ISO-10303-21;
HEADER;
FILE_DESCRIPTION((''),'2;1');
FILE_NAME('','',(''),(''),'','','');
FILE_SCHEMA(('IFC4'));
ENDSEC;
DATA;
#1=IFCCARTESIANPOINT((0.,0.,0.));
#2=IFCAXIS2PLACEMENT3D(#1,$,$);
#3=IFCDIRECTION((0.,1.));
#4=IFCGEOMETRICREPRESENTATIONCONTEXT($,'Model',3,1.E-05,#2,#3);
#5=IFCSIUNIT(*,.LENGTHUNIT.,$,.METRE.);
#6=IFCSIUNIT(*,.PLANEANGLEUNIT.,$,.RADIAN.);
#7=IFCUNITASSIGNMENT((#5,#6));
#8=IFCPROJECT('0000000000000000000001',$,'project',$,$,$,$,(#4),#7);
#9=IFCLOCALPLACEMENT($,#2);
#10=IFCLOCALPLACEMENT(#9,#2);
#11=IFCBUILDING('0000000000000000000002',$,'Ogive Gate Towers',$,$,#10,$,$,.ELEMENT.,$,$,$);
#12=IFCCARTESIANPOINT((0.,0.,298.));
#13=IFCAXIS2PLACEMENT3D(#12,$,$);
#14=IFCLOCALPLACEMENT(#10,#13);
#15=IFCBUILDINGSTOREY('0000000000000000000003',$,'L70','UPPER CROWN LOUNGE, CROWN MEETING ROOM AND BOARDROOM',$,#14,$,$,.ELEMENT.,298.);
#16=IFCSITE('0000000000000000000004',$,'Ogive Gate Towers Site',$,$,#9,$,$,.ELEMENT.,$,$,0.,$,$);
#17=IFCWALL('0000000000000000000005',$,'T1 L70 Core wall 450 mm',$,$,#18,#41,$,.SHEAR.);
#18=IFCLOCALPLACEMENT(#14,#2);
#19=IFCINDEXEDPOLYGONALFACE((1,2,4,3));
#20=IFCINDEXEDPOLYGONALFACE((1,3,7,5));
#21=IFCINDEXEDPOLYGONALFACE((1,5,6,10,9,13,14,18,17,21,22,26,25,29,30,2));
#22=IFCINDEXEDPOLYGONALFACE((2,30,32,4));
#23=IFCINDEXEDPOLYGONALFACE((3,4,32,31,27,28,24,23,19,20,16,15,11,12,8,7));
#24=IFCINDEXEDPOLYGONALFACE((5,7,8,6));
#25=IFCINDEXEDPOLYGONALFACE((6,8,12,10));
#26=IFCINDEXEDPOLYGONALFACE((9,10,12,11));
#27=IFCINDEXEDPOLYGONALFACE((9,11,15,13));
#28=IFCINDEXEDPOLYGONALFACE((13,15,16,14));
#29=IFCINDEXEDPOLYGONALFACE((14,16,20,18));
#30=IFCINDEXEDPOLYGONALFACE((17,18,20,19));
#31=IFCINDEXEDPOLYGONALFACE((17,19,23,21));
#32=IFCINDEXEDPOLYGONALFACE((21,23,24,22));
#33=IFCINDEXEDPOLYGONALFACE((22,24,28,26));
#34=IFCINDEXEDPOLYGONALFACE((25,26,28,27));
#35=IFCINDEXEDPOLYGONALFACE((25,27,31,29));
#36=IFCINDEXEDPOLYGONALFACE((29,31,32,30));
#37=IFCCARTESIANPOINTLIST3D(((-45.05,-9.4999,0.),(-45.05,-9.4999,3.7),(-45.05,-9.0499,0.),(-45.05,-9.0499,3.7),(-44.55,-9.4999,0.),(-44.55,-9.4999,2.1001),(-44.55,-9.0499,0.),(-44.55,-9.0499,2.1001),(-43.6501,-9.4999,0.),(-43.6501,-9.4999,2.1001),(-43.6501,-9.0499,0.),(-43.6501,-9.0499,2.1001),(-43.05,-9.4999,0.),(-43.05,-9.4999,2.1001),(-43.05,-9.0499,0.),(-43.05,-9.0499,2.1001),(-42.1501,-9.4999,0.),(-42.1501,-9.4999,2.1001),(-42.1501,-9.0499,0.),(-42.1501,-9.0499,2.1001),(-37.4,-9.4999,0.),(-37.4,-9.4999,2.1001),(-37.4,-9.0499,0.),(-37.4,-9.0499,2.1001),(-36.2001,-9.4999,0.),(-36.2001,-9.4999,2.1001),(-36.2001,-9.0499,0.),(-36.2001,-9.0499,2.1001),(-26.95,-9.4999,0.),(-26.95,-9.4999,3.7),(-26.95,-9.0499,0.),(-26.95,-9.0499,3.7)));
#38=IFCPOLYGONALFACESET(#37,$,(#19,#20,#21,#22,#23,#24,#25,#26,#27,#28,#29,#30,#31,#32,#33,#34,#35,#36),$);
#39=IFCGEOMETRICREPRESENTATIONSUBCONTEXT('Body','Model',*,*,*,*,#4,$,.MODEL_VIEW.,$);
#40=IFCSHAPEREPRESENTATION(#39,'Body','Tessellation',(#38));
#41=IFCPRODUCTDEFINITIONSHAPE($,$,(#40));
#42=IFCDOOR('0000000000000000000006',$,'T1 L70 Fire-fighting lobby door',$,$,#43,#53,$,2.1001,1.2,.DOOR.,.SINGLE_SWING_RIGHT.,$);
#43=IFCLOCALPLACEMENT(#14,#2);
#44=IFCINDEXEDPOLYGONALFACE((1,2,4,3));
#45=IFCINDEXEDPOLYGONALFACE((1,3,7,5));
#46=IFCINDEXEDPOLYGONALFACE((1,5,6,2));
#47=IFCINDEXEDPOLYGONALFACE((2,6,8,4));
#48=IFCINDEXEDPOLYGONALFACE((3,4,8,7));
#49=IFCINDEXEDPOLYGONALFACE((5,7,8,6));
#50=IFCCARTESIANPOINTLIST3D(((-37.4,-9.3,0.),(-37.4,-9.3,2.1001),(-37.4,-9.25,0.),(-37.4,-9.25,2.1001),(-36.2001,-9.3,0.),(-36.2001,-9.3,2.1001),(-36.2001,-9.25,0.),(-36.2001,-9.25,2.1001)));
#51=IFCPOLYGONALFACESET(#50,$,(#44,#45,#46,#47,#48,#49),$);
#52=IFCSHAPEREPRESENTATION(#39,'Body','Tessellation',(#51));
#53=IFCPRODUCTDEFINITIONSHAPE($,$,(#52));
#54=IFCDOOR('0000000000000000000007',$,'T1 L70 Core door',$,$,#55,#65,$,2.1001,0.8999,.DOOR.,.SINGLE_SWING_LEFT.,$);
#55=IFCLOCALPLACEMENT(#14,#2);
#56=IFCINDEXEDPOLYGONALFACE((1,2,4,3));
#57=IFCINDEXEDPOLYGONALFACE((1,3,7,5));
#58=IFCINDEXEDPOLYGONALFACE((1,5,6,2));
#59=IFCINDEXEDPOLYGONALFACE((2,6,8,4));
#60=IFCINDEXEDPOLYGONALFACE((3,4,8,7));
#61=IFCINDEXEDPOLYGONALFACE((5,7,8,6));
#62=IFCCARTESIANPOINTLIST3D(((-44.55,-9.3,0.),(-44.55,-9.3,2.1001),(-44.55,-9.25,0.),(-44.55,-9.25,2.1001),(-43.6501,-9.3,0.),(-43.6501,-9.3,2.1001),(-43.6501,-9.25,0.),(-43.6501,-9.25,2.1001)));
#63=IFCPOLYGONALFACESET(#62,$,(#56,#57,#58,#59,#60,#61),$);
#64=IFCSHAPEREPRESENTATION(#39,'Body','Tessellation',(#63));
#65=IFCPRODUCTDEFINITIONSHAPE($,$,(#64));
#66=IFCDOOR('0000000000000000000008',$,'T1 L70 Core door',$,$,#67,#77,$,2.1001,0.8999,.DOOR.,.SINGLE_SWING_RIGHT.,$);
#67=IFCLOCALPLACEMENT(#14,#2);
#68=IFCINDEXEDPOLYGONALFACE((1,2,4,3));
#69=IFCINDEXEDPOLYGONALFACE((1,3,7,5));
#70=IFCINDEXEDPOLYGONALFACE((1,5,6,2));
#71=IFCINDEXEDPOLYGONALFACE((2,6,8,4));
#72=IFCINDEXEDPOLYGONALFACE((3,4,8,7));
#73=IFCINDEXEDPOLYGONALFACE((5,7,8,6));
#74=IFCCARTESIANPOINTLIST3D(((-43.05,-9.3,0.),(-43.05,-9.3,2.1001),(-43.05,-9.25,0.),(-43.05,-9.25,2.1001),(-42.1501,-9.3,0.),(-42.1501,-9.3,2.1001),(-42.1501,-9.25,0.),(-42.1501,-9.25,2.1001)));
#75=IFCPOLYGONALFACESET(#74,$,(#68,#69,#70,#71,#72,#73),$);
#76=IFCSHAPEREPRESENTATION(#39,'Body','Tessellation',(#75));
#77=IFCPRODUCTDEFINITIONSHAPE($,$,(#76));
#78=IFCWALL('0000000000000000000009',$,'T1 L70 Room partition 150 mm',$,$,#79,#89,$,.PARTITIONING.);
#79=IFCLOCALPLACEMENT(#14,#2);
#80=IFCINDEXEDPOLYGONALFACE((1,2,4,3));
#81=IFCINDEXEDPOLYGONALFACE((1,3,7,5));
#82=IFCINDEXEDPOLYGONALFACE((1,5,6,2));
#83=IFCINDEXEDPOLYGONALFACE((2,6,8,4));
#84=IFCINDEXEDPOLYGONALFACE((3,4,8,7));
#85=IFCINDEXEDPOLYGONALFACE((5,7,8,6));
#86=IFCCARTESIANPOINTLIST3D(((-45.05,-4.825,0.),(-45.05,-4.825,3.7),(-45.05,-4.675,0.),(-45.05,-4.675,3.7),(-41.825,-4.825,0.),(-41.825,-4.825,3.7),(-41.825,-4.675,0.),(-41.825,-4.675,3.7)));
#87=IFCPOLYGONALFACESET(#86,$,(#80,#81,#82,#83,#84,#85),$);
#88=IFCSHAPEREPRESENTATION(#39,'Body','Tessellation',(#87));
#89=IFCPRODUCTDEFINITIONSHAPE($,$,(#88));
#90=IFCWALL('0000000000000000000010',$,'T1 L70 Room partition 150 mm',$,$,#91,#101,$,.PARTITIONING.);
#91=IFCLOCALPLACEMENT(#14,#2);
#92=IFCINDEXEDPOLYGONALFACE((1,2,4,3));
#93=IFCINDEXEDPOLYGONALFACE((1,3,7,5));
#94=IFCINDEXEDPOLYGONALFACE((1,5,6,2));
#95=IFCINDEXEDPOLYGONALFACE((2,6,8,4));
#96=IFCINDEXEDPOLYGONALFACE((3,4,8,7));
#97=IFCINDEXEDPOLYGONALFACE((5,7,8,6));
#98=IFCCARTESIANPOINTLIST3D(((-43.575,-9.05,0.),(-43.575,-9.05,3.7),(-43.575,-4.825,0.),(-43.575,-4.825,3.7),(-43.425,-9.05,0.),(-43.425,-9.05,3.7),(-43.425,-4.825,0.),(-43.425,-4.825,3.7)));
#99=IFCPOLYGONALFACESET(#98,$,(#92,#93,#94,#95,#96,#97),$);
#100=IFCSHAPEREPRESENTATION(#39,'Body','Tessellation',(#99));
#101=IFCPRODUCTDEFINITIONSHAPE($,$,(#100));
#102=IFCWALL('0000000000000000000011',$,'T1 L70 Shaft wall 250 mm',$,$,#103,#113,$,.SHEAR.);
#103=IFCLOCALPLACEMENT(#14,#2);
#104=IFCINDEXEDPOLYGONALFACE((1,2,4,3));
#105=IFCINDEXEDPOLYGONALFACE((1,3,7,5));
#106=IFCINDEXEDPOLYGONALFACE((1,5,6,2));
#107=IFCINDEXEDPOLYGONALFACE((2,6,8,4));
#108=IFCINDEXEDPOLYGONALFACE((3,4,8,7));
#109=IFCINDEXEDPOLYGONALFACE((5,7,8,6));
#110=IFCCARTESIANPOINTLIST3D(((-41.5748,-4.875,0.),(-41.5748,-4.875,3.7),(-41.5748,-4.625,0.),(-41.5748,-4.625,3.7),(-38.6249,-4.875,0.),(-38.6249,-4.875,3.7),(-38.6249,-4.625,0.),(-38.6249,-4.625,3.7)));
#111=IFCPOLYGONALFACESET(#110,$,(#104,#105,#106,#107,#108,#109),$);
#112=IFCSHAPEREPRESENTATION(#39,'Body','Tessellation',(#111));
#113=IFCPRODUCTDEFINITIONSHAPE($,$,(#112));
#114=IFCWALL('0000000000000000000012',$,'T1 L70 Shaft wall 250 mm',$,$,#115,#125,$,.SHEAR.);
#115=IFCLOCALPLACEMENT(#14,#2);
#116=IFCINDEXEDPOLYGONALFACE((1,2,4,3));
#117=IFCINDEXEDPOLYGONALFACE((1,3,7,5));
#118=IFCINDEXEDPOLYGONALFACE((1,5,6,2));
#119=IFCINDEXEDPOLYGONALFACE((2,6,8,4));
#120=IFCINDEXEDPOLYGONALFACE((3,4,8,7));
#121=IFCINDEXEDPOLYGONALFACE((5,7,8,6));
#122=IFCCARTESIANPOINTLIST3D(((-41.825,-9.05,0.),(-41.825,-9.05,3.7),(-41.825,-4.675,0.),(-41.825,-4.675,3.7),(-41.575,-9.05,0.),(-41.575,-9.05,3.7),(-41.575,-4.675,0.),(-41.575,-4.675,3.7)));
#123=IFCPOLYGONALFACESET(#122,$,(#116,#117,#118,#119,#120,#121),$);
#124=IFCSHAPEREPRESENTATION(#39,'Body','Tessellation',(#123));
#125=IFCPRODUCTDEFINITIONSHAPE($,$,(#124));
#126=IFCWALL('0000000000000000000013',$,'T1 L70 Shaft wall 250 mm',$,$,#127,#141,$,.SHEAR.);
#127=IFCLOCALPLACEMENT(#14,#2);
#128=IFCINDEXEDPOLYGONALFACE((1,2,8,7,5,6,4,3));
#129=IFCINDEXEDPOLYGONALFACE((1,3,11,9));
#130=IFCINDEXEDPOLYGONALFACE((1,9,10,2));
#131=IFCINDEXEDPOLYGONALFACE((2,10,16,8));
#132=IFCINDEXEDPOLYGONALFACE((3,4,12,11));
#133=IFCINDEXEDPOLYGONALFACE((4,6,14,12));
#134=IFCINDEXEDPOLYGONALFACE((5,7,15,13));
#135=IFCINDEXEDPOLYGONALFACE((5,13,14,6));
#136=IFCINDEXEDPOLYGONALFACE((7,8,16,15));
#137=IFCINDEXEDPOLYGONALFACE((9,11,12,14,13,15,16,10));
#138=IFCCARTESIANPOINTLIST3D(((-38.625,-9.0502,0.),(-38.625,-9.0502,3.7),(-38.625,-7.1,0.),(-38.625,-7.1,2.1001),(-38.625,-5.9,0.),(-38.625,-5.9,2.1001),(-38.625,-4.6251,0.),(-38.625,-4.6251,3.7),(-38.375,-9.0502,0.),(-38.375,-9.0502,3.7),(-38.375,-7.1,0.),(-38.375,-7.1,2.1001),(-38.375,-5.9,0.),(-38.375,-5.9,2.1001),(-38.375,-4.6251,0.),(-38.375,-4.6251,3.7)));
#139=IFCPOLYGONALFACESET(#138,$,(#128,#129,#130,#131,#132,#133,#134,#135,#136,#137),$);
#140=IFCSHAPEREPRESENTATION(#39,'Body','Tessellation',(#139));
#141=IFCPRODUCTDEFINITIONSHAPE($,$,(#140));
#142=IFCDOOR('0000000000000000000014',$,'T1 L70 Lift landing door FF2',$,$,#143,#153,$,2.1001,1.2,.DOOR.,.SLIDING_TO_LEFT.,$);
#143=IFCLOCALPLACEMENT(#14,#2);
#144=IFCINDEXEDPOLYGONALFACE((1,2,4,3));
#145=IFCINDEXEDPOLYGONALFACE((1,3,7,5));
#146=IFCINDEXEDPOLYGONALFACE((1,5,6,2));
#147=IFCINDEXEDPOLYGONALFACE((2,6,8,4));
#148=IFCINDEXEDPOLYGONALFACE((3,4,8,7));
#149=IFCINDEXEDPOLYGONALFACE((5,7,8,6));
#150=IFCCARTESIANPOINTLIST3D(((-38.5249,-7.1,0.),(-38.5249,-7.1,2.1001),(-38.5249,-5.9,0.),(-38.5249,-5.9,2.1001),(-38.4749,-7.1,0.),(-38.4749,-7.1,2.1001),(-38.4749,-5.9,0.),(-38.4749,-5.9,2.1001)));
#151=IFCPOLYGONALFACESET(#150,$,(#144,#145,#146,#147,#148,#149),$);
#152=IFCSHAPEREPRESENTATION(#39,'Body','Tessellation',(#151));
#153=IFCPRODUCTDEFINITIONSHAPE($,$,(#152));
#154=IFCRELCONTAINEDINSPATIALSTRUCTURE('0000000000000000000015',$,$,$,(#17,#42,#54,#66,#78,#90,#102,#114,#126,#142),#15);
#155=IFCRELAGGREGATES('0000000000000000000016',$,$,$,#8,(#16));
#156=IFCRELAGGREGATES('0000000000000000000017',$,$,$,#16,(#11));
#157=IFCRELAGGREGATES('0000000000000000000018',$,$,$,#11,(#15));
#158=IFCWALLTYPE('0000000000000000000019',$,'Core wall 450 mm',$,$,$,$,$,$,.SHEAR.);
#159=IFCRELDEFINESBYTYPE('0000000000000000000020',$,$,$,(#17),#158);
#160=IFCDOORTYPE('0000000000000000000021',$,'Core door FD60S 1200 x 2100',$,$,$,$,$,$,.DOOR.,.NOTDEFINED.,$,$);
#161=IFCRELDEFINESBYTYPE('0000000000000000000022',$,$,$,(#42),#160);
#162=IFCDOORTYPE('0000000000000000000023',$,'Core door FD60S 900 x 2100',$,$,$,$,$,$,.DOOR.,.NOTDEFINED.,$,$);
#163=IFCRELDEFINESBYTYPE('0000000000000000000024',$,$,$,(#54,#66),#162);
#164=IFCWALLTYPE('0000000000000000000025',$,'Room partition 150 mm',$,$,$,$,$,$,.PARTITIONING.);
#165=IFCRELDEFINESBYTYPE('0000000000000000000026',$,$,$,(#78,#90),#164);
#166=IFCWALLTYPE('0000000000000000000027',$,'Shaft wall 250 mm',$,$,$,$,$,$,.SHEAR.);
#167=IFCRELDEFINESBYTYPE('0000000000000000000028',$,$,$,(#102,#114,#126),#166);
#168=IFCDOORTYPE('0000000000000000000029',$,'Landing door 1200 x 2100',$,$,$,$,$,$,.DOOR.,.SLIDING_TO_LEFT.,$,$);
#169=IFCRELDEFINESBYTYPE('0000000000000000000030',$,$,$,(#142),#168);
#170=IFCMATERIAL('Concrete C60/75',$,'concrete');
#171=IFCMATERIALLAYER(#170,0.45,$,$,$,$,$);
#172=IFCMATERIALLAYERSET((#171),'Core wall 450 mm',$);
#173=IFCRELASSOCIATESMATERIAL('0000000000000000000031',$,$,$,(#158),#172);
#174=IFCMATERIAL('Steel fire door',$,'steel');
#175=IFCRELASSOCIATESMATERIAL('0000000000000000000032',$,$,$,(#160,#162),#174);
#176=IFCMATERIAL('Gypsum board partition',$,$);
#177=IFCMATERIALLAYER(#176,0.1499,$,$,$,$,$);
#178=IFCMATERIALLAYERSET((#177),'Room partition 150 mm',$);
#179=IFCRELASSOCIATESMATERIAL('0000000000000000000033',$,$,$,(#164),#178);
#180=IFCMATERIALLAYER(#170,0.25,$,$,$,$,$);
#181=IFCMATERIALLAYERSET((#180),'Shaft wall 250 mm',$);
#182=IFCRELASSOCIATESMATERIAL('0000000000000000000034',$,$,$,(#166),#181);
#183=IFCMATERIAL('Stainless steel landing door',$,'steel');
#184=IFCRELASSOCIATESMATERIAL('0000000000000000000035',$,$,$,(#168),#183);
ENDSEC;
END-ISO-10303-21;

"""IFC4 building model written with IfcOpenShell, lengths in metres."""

from ifc_helpers import new_model, si_unit, direction, frame, frame_2d, origin, place, context, subcontext, project, spatial, rectangle, extrude, material, layer, layer_set, type_object, element, fill, save


model = new_model("IFC4")

# Units and contexts
model_context = context("Model", 3, precision=1e-05, world=origin(), true_north=direction((0.0, 1.0)))
body_context = subcontext(model_context, "Body", "Model", "MODEL_VIEW")
ifc_project = project(units=[si_unit("LENGTHUNIT", "METRE"), si_unit("PLANEANGLEUNIT", "RADIAN")], contexts=[model_context])

# Site, building, storey
site_placement = place(None, origin())
site = spatial("IfcSite", under=ifc_project, at=site_placement, Name="Ogive Gate Towers Site", CompositionType="ELEMENT", RefElevation=0.0)
building_placement = place(site_placement, origin())
building = spatial("IfcBuilding", under=site, at=building_placement, Name="Ogive Gate Towers", CompositionType="ELEMENT")
storey_placement = place(building_placement, frame((0.0, 0.0, 298.0)))
storey = spatial("IfcBuildingStorey", under=building, at=storey_placement, Name="L70", Description="UPPER CROWN LOUNGE, CROWN MEETING ROOM AND BOARDROOM", CompositionType="ELEMENT", Elevation=298.0)

# Wall, openings, doors
ifc_material_1 = material(Name="Concrete C60/75", Category="concrete")
ifc_layer_1 = layer(ifc_material_1, 0.45)
ifc_layer_set_1 = layer_set([ifc_layer_1], Name="Core wall 450 mm")
wall_type_1 = type_object("IfcWallType", Name="Core wall 450 mm", PredefinedType="SHEAR", material=ifc_layer_set_1)
wall_1_placement = place(storey_placement, frame((-45.05, -9.2749, 0.0), z_axis=(0.0, 0.0, 1.0), x_axis=(1.0, 0.0, 0.0)))
wall_1 = element("IfcWall", 1, at=wall_1_placement, inside=storey, type_object=wall_type_1, Name="T1 L70 Core wall 450 mm", PredefinedType="SHEAR", context=body_context, shape_type="SweptSolid", body=[
    extrude(rectangle(XDim=18.1001, YDim=0.45, at=frame_2d((9.05, 0.0))), origin(), (0.0, 0.0, 1.0), 3.7),
])
opening_1_placement = place(wall_1_placement, frame((7.6499, 0.0, 0.0)))
opening_1 = element("IfcOpeningElement", 2, at=opening_1_placement, cuts=wall_1, PredefinedType="OPENING", context=body_context, shape_type="SweptSolid", body=[
    extrude(rectangle(XDim=1.2, YDim=2.1001, at=frame_2d((0.6001, 1.05))), frame((0.0, 0.2349, 0.0), z_axis=(0.0, -1.0, 0.0), x_axis=(1.0, 0.0, 0.0)), (0.0, 0.0, 1.0), 0.47),
])
opening_2_placement = place(wall_1_placement, frame((0.5, 0.0, 0.0)))
opening_2 = element("IfcOpeningElement", 3, at=opening_2_placement, cuts=wall_1, PredefinedType="OPENING", context=body_context, shape_type="SweptSolid", body=[
    extrude(rectangle(XDim=0.8999, YDim=2.1001, at=frame_2d((0.45, 1.05))), frame((0.0, 0.2349, 0.0), z_axis=(0.0, -1.0, 0.0), x_axis=(1.0, 0.0, 0.0)), (0.0, 0.0, 1.0), 0.47),
])
opening_3_placement = place(wall_1_placement, frame((2.0, 0.0, 0.0)))
opening_3 = element("IfcOpeningElement", 4, at=opening_3_placement, cuts=wall_1, PredefinedType="OPENING", context=body_context, shape_type="SweptSolid", body=[
    extrude(rectangle(XDim=0.8999, YDim=2.1001, at=frame_2d((0.45, 1.05))), frame((0.0, 0.2349, 0.0), z_axis=(0.0, -1.0, 0.0), x_axis=(1.0, 0.0, 0.0)), (0.0, 0.0, 1.0), 0.47),
])
ifc_material_2 = material(Name="Steel fire door", Category="steel")
door_type_1 = type_object("IfcDoorType", Name="Core door FD60S 1200 x 2100", OperationType="NOTDEFINED", PredefinedType="DOOR", material=ifc_material_2)
door_1_placement = place(opening_1_placement, origin())
door_1 = element("IfcDoor", 5, at=door_1_placement, inside=storey, type_object=door_type_1, Name="T1 L70 Fire-fighting lobby door", OperationType="SINGLE_SWING_RIGHT", OverallHeight=2.1001, OverallWidth=1.2, PredefinedType="DOOR", context=body_context, shape_type="SweptSolid", body=[
    extrude(rectangle(XDim=1.2, YDim=2.1001, at=frame_2d((0.6001, 1.05))), frame((0.0, 0.0249, 0.0), z_axis=(0.0, -1.0, 0.0), x_axis=(1.0, 0.0, 0.0)), (0.0, 0.0, 1.0), 0.05),
])
fill(opening_1, door_1)
door_type_2 = type_object("IfcDoorType", Name="Core door FD60S 900 x 2100", OperationType="NOTDEFINED", PredefinedType="DOOR", material=ifc_material_2)
door_2_placement = place(opening_2_placement, origin())
door_2 = element("IfcDoor", 6, at=door_2_placement, inside=storey, type_object=door_type_2, Name="T1 L70 Core door", OperationType="SINGLE_SWING_LEFT", OverallHeight=2.1001, OverallWidth=0.8999, PredefinedType="DOOR", context=body_context, shape_type="SweptSolid", body=[
    extrude(rectangle(XDim=0.8999, YDim=2.1001, at=frame_2d((0.45, 1.05))), frame((0.0, 0.0249, 0.0), z_axis=(0.0, -1.0, 0.0), x_axis=(1.0, 0.0, 0.0)), (0.0, 0.0, 1.0), 0.05),
])
fill(opening_2, door_2)
door_3_placement = place(opening_3_placement, origin())
door_3 = element("IfcDoor", 7, at=door_3_placement, inside=storey, type_object=door_type_2, Name="T1 L70 Core door", OperationType="SINGLE_SWING_RIGHT", OverallHeight=2.1001, OverallWidth=0.8999, PredefinedType="DOOR", context=body_context, shape_type="SweptSolid", body=[
    extrude(rectangle(XDim=0.8999, YDim=2.1001, at=frame_2d((0.45, 1.05))), frame((0.0, 0.0249, 0.0), z_axis=(0.0, -1.0, 0.0), x_axis=(1.0, 0.0, 0.0)), (0.0, 0.0, 1.0), 0.05),
])
fill(opening_3, door_3)

# Walls
ifc_material_3 = material(Name="Gypsum board partition")
ifc_layer_2 = layer(ifc_material_3, 0.1499)
ifc_layer_set_2 = layer_set([ifc_layer_2], Name="Room partition 150 mm")
wall_type_2 = type_object("IfcWallType", Name="Room partition 150 mm", PredefinedType="PARTITIONING", material=ifc_layer_set_2)
wall_2_placement = place(storey_placement, frame((-45.05, -4.75, 0.0), z_axis=(0.0, 0.0, 1.0), x_axis=(1.0, 0.0, 0.0)))
element("IfcWall", 8, at=wall_2_placement, inside=storey, type_object=wall_type_2, Name="T1 L70 Room partition 150 mm", PredefinedType="PARTITIONING", context=body_context, shape_type="SweptSolid", body=[
    extrude(rectangle(XDim=3.2251, YDim=0.1499, at=frame_2d((1.6125, 0.0))), origin(), (0.0, 0.0, 1.0), 3.7),
])
wall_3_placement = place(storey_placement, frame((-43.5, -9.05, 0.0), z_axis=(0.0, 0.0, 1.0), x_axis=(0.0, 1.0, 0.0)))
element("IfcWall", 9, at=wall_3_placement, inside=storey, type_object=wall_type_2, Name="T1 L70 Room partition 150 mm", PredefinedType="PARTITIONING", context=body_context, shape_type="SweptSolid", body=[
    extrude(rectangle(XDim=4.2251, YDim=0.1499, at=frame_2d((2.1125, 0.0))), origin(), (0.0, 0.0, 1.0), 3.7),
])
ifc_layer_3 = layer(ifc_material_1, 0.25)
ifc_layer_set_3 = layer_set([ifc_layer_3], Name="Shaft wall 250 mm")
wall_type_3 = type_object("IfcWallType", Name="Shaft wall 250 mm", PredefinedType="SHEAR", material=ifc_layer_set_3)
wall_4_placement = place(storey_placement, frame((-41.575, -4.75, 0.0), z_axis=(0.0, 0.0, 1.0), x_axis=(1.0, 0.0, 0.0)))
element("IfcWall", 10, at=wall_4_placement, inside=storey, type_object=wall_type_3, Name="T1 L70 Shaft wall 250 mm", PredefinedType="SHEAR", context=body_context, shape_type="SweptSolid", body=[
    extrude(rectangle(XDim=2.95, YDim=0.25, at=frame_2d((1.4751, 0.0))), origin(), (0.0, 0.0, 1.0), 3.7),
])
wall_5_placement = place(storey_placement, frame((-41.7, -9.05, 0.0), z_axis=(0.0, 0.0, 1.0), x_axis=(0.0, 1.0, 0.0)))
element("IfcWall", 11, at=wall_5_placement, inside=storey, type_object=wall_type_3, Name="T1 L70 Shaft wall 250 mm", PredefinedType="SHEAR", context=body_context, shape_type="SweptSolid", body=[
    extrude(rectangle(XDim=4.375, YDim=0.25, at=frame_2d((2.1875, 0.0))), origin(), (0.0, 0.0, 1.0), 3.7),
])

# Wall, opening, door
wall_6_placement = place(storey_placement, frame((-38.5, -9.05, 0.0), z_axis=(0.0, 0.0, 1.0), x_axis=(0.0, 1.0, 0.0)))
wall_6 = element("IfcWall", 12, at=wall_6_placement, inside=storey, type_object=wall_type_3, Name="T1 L70 Shaft wall 250 mm", PredefinedType="SHEAR", context=body_context, shape_type="SweptSolid", body=[
    extrude(rectangle(XDim=4.425, YDim=0.25, at=frame_2d((2.2124, 0.0))), origin(), (0.0, 0.0, 1.0), 3.7),
])
opening_4_placement = place(wall_6_placement, frame((1.95, 0.0, 0.0)))
opening_4 = element("IfcOpeningElement", 13, at=opening_4_placement, cuts=wall_6, PredefinedType="OPENING", context=body_context, shape_type="SweptSolid", body=[
    extrude(rectangle(XDim=1.2, YDim=2.1001, at=frame_2d((0.6001, 1.05))), frame((0.0, 0.135, 0.0), z_axis=(0.0, -1.0, 0.0), x_axis=(1.0, 0.0, 0.0)), (0.0, 0.0, 1.0), 0.27),
])
ifc_material_4 = material(Name="Stainless steel landing door", Category="steel")
door_type_3 = type_object("IfcDoorType", Name="Landing door 1200 x 2100", OperationType="SLIDING_TO_LEFT", PredefinedType="DOOR", material=ifc_material_4)
door_4_placement = place(opening_4_placement, origin())
door_4 = element("IfcDoor", 14, at=door_4_placement, inside=storey, type_object=door_type_3, Name="T1 L70 Lift landing door FF2", OperationType="SLIDING_TO_LEFT", OverallHeight=2.1001, OverallWidth=1.2, PredefinedType="DOOR", context=body_context, shape_type="SweptSolid", body=[
    extrude(rectangle(XDim=1.2, YDim=2.1001, at=frame_2d((0.6001, 1.05))), frame((0.0, 0.0249, 0.0), z_axis=(0.0, -1.0, 0.0), x_axis=(1.0, 0.0, 0.0)), (0.0, 0.0, 1.0), 0.05),
])
fill(opening_4, door_4)

save(model, "model.ifc")
